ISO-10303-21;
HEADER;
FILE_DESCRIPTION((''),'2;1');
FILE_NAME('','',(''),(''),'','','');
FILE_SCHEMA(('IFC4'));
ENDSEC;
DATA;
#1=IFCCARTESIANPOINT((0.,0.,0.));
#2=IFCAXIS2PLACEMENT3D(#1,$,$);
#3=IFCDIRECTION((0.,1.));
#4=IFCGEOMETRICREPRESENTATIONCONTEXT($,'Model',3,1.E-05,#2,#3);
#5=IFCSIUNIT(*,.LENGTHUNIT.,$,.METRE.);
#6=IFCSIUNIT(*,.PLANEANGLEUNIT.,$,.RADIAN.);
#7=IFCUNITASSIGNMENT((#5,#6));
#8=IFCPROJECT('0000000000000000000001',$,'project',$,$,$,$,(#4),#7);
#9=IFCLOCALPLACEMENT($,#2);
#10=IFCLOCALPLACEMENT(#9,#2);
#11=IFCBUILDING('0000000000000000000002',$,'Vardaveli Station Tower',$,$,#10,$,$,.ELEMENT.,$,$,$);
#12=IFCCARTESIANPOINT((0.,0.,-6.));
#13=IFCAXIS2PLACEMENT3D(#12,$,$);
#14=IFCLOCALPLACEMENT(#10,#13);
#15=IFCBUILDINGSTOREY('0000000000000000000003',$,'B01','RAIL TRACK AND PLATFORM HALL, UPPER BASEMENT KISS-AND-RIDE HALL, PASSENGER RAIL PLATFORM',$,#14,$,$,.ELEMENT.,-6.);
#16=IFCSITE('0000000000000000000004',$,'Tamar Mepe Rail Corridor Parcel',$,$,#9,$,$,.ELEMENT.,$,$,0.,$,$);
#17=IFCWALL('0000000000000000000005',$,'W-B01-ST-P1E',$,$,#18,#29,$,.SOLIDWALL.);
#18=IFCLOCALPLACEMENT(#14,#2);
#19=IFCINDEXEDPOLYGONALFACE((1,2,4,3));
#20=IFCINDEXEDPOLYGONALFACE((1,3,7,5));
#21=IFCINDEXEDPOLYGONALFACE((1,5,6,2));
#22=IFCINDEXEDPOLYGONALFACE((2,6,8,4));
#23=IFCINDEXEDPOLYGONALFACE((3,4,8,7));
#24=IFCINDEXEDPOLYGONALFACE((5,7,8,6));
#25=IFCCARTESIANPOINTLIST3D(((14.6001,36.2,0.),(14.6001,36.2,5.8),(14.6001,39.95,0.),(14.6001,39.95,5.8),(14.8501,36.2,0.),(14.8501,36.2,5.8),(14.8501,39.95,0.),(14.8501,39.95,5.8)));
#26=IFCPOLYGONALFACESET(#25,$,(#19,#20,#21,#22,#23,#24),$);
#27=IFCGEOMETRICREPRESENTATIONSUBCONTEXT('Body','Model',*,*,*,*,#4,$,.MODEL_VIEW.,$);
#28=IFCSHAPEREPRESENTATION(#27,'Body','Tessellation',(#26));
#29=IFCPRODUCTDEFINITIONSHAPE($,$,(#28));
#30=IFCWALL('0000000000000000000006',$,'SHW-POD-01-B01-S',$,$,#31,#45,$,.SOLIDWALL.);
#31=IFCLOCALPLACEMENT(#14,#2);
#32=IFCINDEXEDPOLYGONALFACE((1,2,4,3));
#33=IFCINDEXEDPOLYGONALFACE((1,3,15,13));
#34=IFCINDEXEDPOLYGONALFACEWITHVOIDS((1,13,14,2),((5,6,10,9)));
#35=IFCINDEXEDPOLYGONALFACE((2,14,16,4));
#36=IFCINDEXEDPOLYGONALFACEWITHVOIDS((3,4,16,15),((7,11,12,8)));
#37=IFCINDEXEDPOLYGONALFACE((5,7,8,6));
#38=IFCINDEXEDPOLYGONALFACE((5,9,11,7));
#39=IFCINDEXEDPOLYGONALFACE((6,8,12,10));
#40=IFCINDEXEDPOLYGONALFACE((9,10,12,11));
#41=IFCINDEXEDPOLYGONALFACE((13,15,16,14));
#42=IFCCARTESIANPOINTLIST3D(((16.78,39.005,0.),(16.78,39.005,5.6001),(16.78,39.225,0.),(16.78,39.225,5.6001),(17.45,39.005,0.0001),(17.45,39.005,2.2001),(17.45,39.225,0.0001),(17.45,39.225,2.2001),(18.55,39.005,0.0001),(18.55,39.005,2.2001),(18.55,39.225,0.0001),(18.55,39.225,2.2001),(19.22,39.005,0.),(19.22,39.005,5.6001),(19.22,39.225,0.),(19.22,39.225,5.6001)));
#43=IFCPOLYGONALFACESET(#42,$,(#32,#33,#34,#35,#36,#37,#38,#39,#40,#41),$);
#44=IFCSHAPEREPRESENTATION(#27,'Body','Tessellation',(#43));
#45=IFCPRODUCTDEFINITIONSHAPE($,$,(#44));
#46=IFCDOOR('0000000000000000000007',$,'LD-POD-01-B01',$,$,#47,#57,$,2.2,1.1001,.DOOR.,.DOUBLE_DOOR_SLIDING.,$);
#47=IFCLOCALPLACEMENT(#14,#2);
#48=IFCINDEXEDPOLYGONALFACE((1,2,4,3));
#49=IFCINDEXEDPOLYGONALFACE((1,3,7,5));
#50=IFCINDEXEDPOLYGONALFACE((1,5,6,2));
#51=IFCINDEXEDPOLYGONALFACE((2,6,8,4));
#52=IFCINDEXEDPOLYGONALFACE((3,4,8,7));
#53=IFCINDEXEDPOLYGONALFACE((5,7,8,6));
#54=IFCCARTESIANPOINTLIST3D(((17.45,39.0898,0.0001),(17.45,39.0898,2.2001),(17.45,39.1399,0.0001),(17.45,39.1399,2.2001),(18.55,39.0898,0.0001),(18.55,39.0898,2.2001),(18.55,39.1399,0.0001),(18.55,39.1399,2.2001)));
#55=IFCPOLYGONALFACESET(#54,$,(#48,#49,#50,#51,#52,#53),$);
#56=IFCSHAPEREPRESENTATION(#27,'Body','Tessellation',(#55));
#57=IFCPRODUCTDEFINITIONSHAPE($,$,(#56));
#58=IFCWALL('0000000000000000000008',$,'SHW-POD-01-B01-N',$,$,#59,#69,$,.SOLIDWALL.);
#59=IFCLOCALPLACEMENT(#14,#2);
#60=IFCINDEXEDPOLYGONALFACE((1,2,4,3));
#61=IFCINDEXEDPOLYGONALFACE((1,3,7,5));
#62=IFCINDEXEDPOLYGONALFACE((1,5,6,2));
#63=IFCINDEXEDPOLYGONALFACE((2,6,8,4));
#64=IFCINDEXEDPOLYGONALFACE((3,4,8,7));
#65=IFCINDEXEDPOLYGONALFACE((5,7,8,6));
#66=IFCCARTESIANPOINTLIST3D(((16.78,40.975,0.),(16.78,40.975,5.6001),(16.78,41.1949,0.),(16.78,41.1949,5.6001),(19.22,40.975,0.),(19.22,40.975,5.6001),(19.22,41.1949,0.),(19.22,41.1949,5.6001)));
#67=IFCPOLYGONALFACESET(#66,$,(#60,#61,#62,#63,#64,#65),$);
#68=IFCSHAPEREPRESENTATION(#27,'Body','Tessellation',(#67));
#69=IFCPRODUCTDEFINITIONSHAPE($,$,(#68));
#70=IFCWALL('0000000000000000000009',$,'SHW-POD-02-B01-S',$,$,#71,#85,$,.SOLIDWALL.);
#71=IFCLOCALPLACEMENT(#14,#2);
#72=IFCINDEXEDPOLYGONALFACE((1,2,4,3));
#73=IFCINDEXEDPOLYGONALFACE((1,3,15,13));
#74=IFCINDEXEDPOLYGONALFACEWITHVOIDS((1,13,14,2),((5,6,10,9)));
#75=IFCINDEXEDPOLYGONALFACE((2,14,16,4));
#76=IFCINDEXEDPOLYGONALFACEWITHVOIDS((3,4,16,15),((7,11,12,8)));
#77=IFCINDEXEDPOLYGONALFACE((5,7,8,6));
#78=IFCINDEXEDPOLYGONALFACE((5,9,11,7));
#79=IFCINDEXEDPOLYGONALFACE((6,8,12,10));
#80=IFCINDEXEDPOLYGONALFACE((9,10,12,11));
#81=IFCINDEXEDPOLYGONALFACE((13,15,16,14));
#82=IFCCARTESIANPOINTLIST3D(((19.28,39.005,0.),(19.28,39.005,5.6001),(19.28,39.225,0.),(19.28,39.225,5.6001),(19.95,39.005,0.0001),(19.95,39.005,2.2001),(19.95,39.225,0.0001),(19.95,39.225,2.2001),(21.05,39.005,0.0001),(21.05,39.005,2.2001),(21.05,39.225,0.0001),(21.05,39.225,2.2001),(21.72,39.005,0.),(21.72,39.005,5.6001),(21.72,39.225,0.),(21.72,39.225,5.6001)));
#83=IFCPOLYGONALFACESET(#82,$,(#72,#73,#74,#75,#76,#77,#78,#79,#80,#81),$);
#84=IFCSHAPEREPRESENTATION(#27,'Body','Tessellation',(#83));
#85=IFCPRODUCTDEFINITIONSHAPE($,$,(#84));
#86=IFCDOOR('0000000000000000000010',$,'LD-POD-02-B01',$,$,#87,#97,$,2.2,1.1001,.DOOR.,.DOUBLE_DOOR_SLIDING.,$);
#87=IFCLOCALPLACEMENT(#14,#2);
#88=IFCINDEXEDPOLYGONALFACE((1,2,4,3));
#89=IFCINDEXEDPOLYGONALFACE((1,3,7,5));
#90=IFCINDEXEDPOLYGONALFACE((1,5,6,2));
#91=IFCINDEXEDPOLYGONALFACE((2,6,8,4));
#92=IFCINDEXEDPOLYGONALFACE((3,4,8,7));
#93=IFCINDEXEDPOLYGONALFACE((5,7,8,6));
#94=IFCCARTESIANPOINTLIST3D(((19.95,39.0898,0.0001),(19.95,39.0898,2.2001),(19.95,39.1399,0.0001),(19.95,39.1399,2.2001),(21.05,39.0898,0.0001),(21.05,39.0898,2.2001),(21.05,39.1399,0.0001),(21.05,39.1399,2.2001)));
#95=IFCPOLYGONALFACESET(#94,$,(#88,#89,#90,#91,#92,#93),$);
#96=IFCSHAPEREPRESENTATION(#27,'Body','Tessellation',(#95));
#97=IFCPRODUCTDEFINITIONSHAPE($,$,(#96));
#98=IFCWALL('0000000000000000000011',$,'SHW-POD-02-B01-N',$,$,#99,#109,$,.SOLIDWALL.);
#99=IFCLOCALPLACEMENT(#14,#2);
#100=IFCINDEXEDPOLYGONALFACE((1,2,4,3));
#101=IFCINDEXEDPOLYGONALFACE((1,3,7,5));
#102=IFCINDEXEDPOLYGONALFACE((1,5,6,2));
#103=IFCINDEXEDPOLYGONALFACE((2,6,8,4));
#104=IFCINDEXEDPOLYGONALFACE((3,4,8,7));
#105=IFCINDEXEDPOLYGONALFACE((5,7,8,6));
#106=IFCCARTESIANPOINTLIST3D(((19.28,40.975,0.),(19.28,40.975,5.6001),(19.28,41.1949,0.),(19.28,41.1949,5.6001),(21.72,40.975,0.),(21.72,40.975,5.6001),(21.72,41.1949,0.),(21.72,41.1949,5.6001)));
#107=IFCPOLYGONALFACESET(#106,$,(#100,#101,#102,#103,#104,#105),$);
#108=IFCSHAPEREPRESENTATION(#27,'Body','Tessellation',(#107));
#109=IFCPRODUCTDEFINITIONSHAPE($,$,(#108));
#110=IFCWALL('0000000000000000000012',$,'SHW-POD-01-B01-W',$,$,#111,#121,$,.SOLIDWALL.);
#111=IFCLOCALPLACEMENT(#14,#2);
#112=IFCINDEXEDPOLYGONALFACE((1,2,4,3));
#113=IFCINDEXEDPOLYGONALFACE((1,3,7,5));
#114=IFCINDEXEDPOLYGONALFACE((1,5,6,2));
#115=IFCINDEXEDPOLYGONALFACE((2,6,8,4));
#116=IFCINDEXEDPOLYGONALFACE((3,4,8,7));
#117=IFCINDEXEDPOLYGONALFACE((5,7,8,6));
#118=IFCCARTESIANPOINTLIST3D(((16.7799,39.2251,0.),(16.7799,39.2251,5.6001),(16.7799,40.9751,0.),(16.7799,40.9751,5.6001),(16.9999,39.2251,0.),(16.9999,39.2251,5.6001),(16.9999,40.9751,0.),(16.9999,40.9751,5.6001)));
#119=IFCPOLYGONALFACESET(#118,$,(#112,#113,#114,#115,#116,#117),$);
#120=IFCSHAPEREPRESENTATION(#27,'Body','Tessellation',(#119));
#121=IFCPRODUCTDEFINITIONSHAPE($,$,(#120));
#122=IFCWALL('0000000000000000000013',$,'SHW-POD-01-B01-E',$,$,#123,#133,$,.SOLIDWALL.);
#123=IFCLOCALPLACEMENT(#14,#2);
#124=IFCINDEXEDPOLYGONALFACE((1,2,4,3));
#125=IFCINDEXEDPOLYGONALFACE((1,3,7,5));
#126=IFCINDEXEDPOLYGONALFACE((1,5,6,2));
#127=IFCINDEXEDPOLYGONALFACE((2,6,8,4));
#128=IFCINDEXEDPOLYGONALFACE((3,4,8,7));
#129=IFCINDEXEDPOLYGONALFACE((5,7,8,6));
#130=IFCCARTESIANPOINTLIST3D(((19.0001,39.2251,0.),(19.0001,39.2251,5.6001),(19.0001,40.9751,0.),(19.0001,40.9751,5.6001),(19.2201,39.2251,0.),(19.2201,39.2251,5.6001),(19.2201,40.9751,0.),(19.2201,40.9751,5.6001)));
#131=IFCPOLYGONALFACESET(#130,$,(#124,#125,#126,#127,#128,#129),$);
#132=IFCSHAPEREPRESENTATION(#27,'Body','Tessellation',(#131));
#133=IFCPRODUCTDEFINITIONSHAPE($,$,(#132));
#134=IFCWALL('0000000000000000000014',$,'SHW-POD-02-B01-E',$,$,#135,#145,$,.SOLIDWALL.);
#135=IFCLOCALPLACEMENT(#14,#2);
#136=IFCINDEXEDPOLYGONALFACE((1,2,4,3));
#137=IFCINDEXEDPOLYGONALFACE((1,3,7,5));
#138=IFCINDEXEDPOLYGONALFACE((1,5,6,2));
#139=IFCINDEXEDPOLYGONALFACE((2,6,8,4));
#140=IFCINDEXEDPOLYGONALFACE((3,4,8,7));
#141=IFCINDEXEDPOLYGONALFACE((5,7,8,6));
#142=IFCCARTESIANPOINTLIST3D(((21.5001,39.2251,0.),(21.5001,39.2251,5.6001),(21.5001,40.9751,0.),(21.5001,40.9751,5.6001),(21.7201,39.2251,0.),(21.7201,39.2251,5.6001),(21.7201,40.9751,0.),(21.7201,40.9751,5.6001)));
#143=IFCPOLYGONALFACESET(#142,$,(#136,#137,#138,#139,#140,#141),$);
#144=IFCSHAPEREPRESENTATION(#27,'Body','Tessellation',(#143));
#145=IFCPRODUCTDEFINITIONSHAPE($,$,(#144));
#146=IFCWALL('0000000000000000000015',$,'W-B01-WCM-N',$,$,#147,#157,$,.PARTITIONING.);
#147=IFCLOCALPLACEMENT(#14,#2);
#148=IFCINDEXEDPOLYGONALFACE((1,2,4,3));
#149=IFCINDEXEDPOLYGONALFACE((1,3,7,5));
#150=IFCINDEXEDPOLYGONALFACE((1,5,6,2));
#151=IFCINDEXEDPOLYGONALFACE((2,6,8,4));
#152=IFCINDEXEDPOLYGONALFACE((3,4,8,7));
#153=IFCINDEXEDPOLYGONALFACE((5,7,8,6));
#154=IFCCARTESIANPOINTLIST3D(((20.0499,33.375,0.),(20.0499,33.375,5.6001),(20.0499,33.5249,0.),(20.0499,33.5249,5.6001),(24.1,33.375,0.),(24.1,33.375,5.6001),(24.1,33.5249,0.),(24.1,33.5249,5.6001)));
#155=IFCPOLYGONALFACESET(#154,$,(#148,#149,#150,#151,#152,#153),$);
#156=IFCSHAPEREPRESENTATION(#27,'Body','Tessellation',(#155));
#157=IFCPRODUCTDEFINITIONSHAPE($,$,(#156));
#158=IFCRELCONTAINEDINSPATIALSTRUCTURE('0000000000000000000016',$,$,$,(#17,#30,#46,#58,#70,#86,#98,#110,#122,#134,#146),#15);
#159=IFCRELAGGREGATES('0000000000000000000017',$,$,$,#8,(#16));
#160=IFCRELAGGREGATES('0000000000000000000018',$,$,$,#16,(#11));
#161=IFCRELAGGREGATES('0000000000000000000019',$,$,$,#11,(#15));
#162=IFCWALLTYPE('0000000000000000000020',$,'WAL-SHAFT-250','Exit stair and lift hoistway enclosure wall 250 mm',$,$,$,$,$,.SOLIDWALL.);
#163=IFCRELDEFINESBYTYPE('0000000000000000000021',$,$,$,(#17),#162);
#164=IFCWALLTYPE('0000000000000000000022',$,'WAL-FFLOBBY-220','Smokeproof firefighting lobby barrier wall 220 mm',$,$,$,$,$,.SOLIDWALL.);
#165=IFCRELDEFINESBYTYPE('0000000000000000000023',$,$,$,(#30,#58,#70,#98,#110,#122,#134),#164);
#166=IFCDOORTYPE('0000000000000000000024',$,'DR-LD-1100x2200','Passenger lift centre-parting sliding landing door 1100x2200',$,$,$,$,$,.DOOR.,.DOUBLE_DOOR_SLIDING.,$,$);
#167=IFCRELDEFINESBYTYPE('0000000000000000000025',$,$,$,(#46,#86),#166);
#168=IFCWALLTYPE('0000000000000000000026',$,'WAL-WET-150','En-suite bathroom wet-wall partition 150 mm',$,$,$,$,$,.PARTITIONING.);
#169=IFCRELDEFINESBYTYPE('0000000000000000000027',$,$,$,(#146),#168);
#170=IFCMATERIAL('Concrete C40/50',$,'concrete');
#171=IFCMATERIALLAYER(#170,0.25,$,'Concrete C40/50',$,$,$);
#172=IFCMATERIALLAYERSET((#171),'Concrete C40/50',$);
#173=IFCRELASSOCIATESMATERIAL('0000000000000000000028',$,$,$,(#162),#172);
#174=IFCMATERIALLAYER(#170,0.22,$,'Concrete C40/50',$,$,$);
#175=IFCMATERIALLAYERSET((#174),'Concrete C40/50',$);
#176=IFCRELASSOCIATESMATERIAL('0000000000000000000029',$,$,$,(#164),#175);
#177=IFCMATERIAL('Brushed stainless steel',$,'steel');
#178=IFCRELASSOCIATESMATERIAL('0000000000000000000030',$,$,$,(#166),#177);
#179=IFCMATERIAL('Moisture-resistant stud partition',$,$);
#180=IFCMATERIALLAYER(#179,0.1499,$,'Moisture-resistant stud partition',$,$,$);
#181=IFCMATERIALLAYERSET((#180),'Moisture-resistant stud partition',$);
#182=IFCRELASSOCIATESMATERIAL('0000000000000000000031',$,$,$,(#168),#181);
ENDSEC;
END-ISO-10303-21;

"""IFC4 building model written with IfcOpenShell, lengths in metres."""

from ifc_helpers import new_model, si_unit, direction, frame, frame_2d, origin, place, context, subcontext, project, spatial, rectangle, extrude, source, transform, mapped, material, layer, layer_set, type_object, element, fill, save


model = new_model("IFC4")

# Units and contexts
model_context = context("Model", 3, precision=1e-05, world=origin(), true_north=direction((0.0, 1.0)))
body_context = subcontext(model_context, "Body", "Model", "MODEL_VIEW")
ifc_project = project(units=[si_unit("LENGTHUNIT", "METRE"), si_unit("PLANEANGLEUNIT", "RADIAN")], contexts=[model_context])

# Site, building, storey
site_placement = place(None, origin())
site = spatial("IfcSite", under=ifc_project, at=site_placement, Name="Tamar Mepe Rail Corridor Parcel", CompositionType="ELEMENT", RefElevation=0.0)
building_placement = place(site_placement, origin())
building = spatial("IfcBuilding", under=site, at=building_placement, Name="Vardaveli Station Tower", CompositionType="ELEMENT")
storey_placement = place(building_placement, frame((0.0, 0.0, -6.0)))
storey = spatial("IfcBuildingStorey", under=building, at=storey_placement, Name="B01", Description="RAIL TRACK AND PLATFORM HALL, UPPER BASEMENT KISS-AND-RIDE HALL, PASSENGER RAIL PLATFORM", CompositionType="ELEMENT", Elevation=-6.0)

# Wall
ifc_material_1 = material(Name="Concrete C40/50", Category="concrete")
ifc_layer_1 = layer(ifc_material_1, 0.25, Name="Concrete C40/50")
ifc_layer_set_1 = layer_set([ifc_layer_1], Name="Concrete C40/50")
wall_type_1 = type_object("IfcWallType", Name="WAL-SHAFT-250", Description="Exit stair and lift hoistway enclosure wall 250 mm", PredefinedType="SOLIDWALL", material=ifc_layer_set_1)
shared_shape_1 = source(origin(), body_context, "Body", "SweptSolid", [
    extrude(rectangle(XDim=3.75, YDim=0.25, at=frame_2d((1.875, 0.0))), origin(), (0.0, 0.0, 1.0), 5.8),
])
wall_1_placement = place(storey_placement, frame((14.7251, 36.2, 0.0), z_axis=(0.0, 0.0, 1.0), x_axis=(0.0, 1.0, 0.0)))
element("IfcWall", 1, at=wall_1_placement, inside=storey, type_object=wall_type_1, Name="W-B01-ST-P1E", PredefinedType="SOLIDWALL", context=body_context, shape_type="MappedRepresentation", body=[
    mapped(shared_shape_1, transform((0.0, 0.0, 0.0), scale=1.0)),
])

# Wall, opening, door
ifc_layer_2 = layer(ifc_material_1, 0.22, Name="Concrete C40/50")
ifc_layer_set_2 = layer_set([ifc_layer_2], Name="Concrete C40/50")
wall_type_2 = type_object("IfcWallType", Name="WAL-FFLOBBY-220", Description="Smokeproof firefighting lobby barrier wall 220 mm", PredefinedType="SOLIDWALL", material=ifc_layer_set_2)
shared_shape_2 = source(origin(), body_context, "Body", "SweptSolid", [
    extrude(rectangle(XDim=2.4399, YDim=0.22, at=frame_2d((1.22, 0.0))), origin(), (0.0, 0.0, 1.0), 5.6001),
])
wall_2_placement = place(storey_placement, frame((16.78, 39.115, 0.0), z_axis=(0.0, 0.0, 1.0), x_axis=(1.0, 0.0, 0.0)))
wall_2 = element("IfcWall", 2, at=wall_2_placement, inside=storey, type_object=wall_type_2, Name="SHW-POD-01-B01-S", PredefinedType="SOLIDWALL", context=body_context, shape_type="MappedRepresentation", body=[
    mapped(shared_shape_2, transform((0.0, 0.0, 0.0), scale=1.0)),
])
shared_shape_3 = source(origin(), body_context, "Body", "SweptSolid", [
    extrude(rectangle(XDim=1.1001, YDim=2.2, at=frame_2d((0.55, 1.1001))), frame((0.0, 0.1201, 0.0), z_axis=(0.0, -1.0, 0.0), x_axis=(1.0, 0.0, 0.0)), (0.0, 0.0, 1.0), 0.24),
])
opening_1_placement = place(wall_2_placement, frame((0.6699, 0.0, 0.0)))
opening_1 = element("IfcOpeningElement", 3, at=opening_1_placement, cuts=wall_2, PredefinedType="OPENING", context=body_context, shape_type="MappedRepresentation", body=[
    mapped(shared_shape_3, transform((0.0, 0.0, 0.0), scale=1.0)),
])
ifc_material_2 = material(Name="Brushed stainless steel", Category="steel")
door_type_1 = type_object("IfcDoorType", Name="DR-LD-1100x2200", Description="Passenger lift centre-parting sliding landing door 1100x2200", OperationType="DOUBLE_DOOR_SLIDING", PredefinedType="DOOR", material=ifc_material_2)
shared_shape_4 = source(origin(), body_context, "Body", "SweptSolid", [
    extrude(rectangle(XDim=1.1001, YDim=2.2, at=frame_2d((0.55, 1.1001))), frame((0.0, 0.0249, 0.0), z_axis=(0.0, -1.0, 0.0), x_axis=(1.0, 0.0, 0.0)), (0.0, 0.0, 1.0), 0.05),
])
door_1_placement = place(opening_1_placement, origin())
door_1 = element("IfcDoor", 4, at=door_1_placement, inside=storey, type_object=door_type_1, Name="LD-POD-01-B01", OperationType="DOUBLE_DOOR_SLIDING", OverallHeight=2.2, OverallWidth=1.1001, PredefinedType="DOOR", context=body_context, shape_type="MappedRepresentation", body=[
    mapped(shared_shape_4, transform((0.0, 0.0, 0.0), scale=1.0)),
])
fill(opening_1, door_1)

# Wall
wall_3_placement = place(storey_placement, frame((16.78, 41.085, 0.0), z_axis=(0.0, 0.0, 1.0), x_axis=(1.0, 0.0, 0.0)))
element("IfcWall", 5, at=wall_3_placement, inside=storey, type_object=wall_type_2, Name="SHW-POD-01-B01-N", PredefinedType="SOLIDWALL", context=body_context, shape_type="MappedRepresentation", body=[
    mapped(shared_shape_2, transform((0.0, 0.0, 0.0), scale=1.0)),
])

# Wall, opening, door
wall_4_placement = place(storey_placement, frame((19.28, 39.115, 0.0), z_axis=(0.0, 0.0, 1.0), x_axis=(1.0, 0.0, 0.0)))
wall_4 = element("IfcWall", 6, at=wall_4_placement, inside=storey, type_object=wall_type_2, Name="SHW-POD-02-B01-S", PredefinedType="SOLIDWALL", context=body_context, shape_type="MappedRepresentation", body=[
    mapped(shared_shape_2, transform((0.0, 0.0, 0.0), scale=1.0)),
])
opening_2_placement = place(wall_4_placement, frame((0.6699, 0.0, 0.0)))
opening_2 = element("IfcOpeningElement", 7, at=opening_2_placement, cuts=wall_4, PredefinedType="OPENING", context=body_context, shape_type="MappedRepresentation", body=[
    mapped(shared_shape_3, transform((0.0, 0.0, 0.0), scale=1.0)),
])
door_2_placement = place(opening_2_placement, origin())
door_2 = element("IfcDoor", 8, at=door_2_placement, inside=storey, type_object=door_type_1, Name="LD-POD-02-B01", OperationType="DOUBLE_DOOR_SLIDING", OverallHeight=2.2, OverallWidth=1.1001, PredefinedType="DOOR", context=body_context, shape_type="MappedRepresentation", body=[
    mapped(shared_shape_4, transform((0.0, 0.0, 0.0), scale=1.0)),
])
fill(opening_2, door_2)

# Walls
wall_5_placement = place(storey_placement, frame((19.28, 41.085, 0.0), z_axis=(0.0, 0.0, 1.0), x_axis=(1.0, 0.0, 0.0)))
element("IfcWall", 9, at=wall_5_placement, inside=storey, type_object=wall_type_2, Name="SHW-POD-02-B01-N", PredefinedType="SOLIDWALL", context=body_context, shape_type="MappedRepresentation", body=[
    mapped(shared_shape_2, transform((0.0, 0.0, 0.0), scale=1.0)),
])
shared_shape_5 = source(origin(), body_context, "Body", "SweptSolid", [
    extrude(rectangle(XDim=1.75, YDim=0.22, at=frame_2d((0.875, 0.0))), origin(), (0.0, 0.0, 1.0), 5.6001),
])
for number, where, z_axis, x_axis, name in (
    (10, (16.8899, 39.2251, 0.0), (0.0, 0.0, 1.0), (0.0, 1.0, 0.0), "SHW-POD-01-B01-W"),
    (11, (19.1101, 39.2251, 0.0), (0.0, 0.0, 1.0), (0.0, 1.0, 0.0), "SHW-POD-01-B01-E"),
    (12, (21.6101, 39.2251, 0.0), (0.0, 0.0, 1.0), (0.0, 1.0, 0.0), "SHW-POD-02-B01-E"),
):
    element("IfcWall", number, at=place(storey_placement, frame(where, z_axis=z_axis, x_axis=x_axis)), inside=storey, type_object=wall_type_2, Name=name, PredefinedType="SOLIDWALL", context=body_context, shape_type="MappedRepresentation", body=[
        mapped(shared_shape_5, transform((0.0, 0.0, 0.0), scale=1.0)),
    ])
ifc_material_3 = material(Name="Moisture-resistant stud partition")
ifc_layer_3 = layer(ifc_material_3, 0.1499, Name="Moisture-resistant stud partition")
ifc_layer_set_3 = layer_set([ifc_layer_3], Name="Moisture-resistant stud partition")
wall_type_3 = type_object("IfcWallType", Name="WAL-WET-150", Description="En-suite bathroom wet-wall partition 150 mm", PredefinedType="PARTITIONING", material=ifc_layer_set_3)
shared_shape_6 = source(origin(), body_context, "Body", "SweptSolid", [
    extrude(rectangle(XDim=4.05, YDim=0.1499, at=frame_2d((2.0249, 0.0))), origin(), (0.0, 0.0, 1.0), 5.6001),
])
wall_6_placement = place(storey_placement, frame((20.05, 33.45, 0.0), z_axis=(0.0, 0.0, 1.0), x_axis=(1.0, 0.0, 0.0)))
element("IfcWall", 13, at=wall_6_placement, inside=storey, type_object=wall_type_3, Name="W-B01-WCM-N", PredefinedType="PARTITIONING", context=body_context, shape_type="MappedRepresentation", body=[
    mapped(shared_shape_6, transform((0.0, 0.0, 0.0), scale=1.0)),
])

save(model, "model.ifc")
